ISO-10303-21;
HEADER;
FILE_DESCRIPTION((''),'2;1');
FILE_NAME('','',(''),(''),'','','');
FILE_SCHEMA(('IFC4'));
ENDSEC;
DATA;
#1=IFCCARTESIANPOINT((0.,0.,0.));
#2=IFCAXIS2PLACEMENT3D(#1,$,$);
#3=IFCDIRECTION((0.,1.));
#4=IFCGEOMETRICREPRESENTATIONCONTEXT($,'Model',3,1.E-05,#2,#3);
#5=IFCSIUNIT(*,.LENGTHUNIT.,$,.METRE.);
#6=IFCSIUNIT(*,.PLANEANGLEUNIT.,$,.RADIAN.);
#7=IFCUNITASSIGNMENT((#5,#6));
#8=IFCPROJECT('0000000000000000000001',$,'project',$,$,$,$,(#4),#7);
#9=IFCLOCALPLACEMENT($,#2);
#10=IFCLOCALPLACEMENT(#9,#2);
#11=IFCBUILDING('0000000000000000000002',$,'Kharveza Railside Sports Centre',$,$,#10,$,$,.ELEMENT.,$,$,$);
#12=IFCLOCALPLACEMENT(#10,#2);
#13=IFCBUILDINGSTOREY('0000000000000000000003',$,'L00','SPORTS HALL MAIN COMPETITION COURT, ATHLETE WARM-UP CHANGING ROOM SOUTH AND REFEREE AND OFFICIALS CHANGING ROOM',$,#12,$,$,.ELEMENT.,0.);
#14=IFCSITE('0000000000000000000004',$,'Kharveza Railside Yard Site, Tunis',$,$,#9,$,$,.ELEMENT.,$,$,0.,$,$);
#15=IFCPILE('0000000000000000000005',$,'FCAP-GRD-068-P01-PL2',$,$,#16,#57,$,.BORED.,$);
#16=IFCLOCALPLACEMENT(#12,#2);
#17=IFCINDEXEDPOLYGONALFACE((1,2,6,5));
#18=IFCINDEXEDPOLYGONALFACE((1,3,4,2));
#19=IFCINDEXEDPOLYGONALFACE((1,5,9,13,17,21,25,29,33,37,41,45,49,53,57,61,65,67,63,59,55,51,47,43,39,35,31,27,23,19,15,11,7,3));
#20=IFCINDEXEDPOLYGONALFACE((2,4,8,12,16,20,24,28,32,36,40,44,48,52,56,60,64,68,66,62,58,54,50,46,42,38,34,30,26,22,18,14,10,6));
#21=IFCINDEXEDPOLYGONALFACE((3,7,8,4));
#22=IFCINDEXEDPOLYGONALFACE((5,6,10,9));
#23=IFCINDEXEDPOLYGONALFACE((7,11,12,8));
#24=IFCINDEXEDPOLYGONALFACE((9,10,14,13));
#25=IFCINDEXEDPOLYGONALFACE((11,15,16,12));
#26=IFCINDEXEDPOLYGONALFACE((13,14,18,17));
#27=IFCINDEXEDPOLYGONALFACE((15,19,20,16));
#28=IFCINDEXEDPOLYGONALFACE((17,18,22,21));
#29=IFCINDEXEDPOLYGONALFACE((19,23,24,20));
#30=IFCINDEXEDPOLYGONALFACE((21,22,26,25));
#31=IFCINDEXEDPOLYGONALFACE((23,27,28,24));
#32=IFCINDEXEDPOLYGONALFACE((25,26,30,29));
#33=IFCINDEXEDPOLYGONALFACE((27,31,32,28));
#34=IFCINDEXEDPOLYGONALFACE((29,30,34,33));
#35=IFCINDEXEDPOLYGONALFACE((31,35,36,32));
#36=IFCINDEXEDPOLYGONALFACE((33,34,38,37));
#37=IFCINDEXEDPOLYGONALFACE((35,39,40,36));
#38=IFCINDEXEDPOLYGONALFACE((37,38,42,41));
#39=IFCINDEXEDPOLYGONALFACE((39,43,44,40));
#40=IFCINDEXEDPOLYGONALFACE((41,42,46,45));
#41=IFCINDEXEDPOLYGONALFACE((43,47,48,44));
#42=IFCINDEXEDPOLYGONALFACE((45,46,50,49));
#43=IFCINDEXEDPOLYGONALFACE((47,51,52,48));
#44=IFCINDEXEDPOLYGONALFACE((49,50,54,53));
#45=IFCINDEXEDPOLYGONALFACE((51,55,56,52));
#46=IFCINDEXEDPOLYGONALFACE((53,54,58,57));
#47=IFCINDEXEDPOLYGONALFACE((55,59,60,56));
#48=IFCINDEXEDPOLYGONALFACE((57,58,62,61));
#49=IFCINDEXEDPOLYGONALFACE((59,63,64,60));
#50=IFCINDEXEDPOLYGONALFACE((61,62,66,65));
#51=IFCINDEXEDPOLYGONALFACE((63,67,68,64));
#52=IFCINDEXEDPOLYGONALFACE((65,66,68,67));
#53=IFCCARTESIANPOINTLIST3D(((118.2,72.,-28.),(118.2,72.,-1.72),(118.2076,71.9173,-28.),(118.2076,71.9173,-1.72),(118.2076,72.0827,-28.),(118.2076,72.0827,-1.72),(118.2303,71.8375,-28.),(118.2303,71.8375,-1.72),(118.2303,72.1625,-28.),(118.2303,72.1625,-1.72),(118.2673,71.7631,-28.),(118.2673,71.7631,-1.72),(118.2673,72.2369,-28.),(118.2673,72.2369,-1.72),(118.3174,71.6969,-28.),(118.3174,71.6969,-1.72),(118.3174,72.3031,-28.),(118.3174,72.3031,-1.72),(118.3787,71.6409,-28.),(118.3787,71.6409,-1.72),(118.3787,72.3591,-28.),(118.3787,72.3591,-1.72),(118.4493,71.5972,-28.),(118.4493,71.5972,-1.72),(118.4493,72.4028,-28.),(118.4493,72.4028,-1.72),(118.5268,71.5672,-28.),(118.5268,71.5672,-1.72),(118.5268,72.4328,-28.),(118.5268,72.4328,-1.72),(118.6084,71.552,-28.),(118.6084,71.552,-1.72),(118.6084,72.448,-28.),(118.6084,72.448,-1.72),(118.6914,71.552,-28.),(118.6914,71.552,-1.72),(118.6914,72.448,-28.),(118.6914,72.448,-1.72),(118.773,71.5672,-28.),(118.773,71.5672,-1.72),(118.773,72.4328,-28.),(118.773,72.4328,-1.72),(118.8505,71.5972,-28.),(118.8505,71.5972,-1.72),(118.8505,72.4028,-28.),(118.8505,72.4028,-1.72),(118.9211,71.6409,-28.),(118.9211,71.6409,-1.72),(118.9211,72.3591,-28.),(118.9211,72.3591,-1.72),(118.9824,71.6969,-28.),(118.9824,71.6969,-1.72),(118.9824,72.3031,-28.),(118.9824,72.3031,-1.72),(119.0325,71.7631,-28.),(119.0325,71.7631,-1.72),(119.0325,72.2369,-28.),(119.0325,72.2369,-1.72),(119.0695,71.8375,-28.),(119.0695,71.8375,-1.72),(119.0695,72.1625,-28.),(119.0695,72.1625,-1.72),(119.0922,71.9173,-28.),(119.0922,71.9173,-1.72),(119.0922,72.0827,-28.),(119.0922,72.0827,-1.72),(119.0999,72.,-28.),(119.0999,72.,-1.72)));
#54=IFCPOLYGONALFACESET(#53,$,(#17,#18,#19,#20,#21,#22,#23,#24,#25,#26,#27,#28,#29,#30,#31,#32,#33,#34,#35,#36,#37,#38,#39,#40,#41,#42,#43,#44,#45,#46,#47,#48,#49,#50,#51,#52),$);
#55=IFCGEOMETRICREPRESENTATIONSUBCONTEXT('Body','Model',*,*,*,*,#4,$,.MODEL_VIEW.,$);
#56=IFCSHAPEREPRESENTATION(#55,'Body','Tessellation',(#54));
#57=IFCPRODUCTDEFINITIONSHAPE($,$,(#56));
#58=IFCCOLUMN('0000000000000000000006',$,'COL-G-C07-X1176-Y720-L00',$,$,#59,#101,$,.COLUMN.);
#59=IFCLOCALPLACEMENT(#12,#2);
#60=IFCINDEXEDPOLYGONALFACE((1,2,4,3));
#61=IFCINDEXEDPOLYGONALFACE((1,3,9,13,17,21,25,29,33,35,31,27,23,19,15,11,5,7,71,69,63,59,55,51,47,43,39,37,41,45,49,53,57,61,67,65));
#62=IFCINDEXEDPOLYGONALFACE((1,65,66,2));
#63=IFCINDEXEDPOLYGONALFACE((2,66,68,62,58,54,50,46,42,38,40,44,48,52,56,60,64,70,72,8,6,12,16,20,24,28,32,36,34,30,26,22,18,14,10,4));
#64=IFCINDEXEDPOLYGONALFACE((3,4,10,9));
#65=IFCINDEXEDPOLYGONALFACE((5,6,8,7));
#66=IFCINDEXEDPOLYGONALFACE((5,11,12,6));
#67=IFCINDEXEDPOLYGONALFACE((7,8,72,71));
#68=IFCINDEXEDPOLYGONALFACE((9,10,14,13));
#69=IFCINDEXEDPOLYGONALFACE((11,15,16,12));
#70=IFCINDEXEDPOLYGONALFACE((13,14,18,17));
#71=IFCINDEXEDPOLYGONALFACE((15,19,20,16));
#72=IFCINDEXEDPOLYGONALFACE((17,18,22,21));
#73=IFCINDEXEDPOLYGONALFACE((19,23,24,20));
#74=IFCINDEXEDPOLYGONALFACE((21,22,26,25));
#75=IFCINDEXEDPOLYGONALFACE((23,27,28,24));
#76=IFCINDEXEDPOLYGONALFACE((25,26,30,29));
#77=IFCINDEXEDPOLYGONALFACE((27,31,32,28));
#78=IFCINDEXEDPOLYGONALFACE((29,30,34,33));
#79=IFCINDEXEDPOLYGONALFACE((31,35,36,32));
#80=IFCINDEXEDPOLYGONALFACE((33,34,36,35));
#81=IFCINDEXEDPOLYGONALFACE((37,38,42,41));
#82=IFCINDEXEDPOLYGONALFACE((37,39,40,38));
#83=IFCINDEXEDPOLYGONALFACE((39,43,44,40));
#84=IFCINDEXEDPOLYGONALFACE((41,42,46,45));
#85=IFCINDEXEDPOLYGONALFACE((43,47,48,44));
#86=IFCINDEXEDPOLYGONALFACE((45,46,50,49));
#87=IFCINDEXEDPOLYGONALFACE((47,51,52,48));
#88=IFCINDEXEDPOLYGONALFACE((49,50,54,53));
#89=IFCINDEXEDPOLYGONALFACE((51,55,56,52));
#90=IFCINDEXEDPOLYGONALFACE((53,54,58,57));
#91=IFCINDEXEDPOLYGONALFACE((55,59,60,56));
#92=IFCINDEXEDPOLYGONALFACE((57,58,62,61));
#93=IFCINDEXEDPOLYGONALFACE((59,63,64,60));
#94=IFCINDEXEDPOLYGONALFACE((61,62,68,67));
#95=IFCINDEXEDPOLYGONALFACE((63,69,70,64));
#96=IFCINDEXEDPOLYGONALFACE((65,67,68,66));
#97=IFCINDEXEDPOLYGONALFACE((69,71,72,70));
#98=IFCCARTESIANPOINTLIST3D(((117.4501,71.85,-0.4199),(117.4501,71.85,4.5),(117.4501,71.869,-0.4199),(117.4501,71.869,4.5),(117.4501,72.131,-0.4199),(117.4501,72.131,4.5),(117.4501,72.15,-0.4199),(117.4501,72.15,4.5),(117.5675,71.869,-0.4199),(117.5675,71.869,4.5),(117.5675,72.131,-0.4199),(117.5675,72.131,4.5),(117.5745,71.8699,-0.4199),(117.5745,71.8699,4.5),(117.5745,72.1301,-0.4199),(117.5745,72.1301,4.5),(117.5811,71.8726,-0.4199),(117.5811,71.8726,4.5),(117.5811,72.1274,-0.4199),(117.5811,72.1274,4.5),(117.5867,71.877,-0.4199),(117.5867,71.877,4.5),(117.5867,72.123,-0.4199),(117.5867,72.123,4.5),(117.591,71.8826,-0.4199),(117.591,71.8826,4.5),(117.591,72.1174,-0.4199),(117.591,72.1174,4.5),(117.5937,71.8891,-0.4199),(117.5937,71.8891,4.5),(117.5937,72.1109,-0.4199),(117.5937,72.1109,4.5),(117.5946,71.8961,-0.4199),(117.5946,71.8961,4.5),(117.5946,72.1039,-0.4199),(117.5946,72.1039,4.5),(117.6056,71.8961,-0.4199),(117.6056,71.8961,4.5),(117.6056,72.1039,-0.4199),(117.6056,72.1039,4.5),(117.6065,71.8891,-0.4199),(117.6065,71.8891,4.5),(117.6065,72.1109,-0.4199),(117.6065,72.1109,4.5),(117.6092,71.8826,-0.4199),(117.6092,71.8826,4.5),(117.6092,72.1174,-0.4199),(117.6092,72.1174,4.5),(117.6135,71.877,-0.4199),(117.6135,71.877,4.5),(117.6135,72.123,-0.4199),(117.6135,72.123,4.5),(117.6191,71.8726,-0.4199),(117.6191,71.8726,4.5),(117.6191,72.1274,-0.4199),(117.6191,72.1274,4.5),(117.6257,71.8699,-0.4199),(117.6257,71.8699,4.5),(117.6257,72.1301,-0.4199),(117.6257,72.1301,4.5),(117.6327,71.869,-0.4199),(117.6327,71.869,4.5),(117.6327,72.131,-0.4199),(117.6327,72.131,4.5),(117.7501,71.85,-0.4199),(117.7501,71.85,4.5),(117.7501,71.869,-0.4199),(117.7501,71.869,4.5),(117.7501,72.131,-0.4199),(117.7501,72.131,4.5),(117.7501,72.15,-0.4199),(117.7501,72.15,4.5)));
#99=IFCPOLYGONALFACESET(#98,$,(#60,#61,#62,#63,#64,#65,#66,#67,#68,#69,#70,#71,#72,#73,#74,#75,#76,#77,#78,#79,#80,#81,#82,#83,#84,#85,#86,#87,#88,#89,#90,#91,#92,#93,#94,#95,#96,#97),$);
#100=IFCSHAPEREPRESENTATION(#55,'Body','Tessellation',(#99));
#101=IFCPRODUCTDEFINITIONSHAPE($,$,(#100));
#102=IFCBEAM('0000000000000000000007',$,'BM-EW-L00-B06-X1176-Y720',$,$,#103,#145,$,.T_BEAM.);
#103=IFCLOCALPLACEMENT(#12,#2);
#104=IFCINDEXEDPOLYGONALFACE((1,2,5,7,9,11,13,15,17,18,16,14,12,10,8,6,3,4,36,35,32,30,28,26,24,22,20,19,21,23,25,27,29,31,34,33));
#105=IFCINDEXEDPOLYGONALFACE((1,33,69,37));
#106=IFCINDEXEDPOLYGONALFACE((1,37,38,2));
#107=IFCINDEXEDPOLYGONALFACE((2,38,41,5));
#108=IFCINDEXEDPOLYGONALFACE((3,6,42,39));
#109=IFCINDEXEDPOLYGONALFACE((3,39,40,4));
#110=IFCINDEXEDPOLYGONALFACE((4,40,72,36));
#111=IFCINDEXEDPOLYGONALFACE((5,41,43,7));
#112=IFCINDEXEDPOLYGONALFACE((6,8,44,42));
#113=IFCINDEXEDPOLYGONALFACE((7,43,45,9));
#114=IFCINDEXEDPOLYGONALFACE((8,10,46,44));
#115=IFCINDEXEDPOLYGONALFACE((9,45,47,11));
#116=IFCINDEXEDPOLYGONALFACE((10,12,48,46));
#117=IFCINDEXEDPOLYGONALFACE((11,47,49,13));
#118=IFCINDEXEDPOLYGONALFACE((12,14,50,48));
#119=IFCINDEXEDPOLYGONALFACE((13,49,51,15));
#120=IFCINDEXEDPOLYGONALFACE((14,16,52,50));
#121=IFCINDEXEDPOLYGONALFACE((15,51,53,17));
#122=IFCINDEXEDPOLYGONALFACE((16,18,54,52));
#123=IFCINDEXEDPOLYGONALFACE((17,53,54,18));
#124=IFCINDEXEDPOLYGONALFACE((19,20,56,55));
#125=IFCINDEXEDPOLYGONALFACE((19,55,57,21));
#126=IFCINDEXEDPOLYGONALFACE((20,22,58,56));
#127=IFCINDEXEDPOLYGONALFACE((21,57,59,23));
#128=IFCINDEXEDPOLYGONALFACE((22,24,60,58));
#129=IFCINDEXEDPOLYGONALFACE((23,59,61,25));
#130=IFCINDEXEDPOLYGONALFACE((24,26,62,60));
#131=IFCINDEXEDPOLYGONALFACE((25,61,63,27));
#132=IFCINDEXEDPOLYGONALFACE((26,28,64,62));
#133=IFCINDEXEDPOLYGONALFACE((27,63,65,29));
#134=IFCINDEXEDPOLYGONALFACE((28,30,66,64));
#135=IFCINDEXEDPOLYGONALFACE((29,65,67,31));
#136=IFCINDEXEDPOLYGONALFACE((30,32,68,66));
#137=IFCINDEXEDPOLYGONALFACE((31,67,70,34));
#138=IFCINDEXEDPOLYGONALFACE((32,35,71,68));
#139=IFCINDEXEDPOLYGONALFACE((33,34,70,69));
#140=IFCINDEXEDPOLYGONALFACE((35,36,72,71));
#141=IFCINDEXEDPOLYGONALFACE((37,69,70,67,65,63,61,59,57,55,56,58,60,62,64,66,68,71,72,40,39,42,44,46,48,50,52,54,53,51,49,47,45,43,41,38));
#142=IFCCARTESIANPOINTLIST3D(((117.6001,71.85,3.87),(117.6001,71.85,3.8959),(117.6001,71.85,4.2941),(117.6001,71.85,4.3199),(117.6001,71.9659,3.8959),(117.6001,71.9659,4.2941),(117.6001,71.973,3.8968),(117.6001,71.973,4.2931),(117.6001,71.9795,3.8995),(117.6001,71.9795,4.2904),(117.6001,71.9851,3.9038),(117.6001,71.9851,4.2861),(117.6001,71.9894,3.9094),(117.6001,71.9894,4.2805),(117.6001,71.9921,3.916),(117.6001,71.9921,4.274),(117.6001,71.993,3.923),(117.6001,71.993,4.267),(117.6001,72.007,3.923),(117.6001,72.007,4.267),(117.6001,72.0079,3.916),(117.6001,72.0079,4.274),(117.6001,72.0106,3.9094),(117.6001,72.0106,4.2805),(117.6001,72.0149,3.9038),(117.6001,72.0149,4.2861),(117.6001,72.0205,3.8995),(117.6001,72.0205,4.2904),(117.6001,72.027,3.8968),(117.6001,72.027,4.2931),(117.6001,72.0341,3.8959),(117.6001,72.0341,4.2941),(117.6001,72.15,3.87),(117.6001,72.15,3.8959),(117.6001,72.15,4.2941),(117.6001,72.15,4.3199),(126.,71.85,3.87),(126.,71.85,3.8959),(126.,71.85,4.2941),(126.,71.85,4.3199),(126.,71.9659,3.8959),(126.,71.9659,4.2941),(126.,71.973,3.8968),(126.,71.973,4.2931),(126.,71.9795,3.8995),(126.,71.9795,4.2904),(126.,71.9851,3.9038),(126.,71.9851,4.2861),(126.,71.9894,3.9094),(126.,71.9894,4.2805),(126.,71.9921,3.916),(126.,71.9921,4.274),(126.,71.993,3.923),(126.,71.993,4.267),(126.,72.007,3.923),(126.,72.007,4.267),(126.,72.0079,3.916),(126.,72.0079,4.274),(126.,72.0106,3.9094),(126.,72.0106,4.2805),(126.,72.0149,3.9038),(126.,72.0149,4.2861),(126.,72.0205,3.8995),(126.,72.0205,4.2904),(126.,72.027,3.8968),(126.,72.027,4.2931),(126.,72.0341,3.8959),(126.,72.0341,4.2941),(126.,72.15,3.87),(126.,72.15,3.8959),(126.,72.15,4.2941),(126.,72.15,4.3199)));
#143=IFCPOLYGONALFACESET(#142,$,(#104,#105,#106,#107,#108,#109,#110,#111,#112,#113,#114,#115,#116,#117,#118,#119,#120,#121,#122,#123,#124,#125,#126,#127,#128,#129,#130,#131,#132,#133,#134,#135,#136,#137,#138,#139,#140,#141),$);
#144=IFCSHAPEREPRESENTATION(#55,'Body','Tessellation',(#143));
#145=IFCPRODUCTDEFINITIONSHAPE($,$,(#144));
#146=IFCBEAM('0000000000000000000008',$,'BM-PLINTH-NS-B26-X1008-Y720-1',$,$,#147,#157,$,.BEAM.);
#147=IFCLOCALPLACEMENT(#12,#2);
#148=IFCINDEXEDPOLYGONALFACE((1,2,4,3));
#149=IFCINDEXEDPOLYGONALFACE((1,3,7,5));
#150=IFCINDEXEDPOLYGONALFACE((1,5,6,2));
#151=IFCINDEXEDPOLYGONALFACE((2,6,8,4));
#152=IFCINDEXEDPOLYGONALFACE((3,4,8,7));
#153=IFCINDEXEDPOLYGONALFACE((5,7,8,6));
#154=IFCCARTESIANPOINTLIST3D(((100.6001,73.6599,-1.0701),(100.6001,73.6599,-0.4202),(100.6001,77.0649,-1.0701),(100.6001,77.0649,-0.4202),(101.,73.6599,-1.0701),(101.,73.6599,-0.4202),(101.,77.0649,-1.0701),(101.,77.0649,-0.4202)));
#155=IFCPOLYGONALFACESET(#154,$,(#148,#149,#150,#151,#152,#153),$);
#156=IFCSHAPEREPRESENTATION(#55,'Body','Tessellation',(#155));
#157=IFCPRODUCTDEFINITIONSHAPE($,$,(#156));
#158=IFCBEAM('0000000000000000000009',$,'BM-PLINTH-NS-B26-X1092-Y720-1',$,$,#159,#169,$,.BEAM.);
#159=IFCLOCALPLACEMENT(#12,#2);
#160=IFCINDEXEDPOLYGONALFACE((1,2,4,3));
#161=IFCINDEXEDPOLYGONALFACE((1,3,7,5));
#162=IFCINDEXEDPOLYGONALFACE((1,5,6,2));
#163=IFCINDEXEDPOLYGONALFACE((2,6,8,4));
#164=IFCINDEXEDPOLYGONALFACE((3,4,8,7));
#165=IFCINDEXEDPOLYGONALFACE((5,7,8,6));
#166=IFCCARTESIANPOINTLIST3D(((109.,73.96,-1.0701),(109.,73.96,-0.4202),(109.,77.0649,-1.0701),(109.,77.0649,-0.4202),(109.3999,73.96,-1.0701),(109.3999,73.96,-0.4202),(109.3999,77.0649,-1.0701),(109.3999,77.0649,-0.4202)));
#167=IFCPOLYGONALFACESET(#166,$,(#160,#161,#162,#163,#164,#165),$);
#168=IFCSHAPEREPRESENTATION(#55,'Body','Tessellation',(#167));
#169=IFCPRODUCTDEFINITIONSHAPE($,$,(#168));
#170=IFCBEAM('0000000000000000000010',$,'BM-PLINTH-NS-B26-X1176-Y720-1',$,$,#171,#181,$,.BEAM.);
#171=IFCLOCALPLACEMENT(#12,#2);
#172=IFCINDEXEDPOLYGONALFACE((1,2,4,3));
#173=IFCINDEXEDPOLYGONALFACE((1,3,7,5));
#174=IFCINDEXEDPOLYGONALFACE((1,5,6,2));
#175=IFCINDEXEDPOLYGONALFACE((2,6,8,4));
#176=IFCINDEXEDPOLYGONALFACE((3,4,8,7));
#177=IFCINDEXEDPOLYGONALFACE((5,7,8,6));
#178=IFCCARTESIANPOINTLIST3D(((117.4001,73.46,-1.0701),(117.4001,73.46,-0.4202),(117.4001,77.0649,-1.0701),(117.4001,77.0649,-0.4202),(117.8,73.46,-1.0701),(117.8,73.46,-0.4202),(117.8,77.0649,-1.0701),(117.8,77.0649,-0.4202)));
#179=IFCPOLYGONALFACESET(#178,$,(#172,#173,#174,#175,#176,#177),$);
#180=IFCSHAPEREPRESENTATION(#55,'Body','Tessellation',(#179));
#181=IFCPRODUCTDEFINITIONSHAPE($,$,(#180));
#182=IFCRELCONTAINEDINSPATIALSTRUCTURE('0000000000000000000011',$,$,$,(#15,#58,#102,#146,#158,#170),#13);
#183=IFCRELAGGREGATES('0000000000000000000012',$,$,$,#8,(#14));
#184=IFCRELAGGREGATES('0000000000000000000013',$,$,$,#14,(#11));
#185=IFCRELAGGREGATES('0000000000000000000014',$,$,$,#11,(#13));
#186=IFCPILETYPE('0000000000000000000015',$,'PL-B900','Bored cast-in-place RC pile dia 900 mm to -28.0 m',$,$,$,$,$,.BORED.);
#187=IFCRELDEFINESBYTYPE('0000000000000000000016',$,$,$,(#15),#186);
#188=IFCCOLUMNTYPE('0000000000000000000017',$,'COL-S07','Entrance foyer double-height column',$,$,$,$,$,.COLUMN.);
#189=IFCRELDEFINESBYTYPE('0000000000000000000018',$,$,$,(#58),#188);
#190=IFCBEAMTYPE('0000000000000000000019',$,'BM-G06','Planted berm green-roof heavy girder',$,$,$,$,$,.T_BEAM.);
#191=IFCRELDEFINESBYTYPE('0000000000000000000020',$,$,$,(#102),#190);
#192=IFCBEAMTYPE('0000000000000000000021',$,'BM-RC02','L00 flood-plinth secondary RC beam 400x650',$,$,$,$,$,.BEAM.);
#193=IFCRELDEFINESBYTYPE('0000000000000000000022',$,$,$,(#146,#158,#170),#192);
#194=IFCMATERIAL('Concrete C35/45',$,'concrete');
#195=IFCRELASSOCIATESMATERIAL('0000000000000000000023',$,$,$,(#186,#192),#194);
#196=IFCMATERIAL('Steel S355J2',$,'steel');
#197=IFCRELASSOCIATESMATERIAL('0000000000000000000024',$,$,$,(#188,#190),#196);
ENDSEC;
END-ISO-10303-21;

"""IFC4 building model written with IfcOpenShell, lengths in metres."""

from ifc_helpers import new_model, si_unit, direction, frame, origin, origin_2d, place, context, subcontext, project, spatial, rectangle, circle, i_section, extrude, material, material_profile, profile_set, type_object, element, save


model = new_model("IFC4")

# Units and contexts
model_context = context("Model", 3, precision=1e-05, world=origin(), true_north=direction((0.0, 1.0)))
body_context = subcontext(model_context, "Body", "Model", "MODEL_VIEW")
ifc_project = project(units=[si_unit("LENGTHUNIT", "METRE"), si_unit("PLANEANGLEUNIT", "RADIAN")], contexts=[model_context])

# Site, building, storey
site_placement = place(None, origin())
site = spatial("IfcSite", under=ifc_project, at=site_placement, Name="Kharveza Railside Yard Site, Tunis", CompositionType="ELEMENT", RefElevation=0.0)
building_placement = place(site_placement, origin())
building = spatial("IfcBuilding", under=site, at=building_placement, Name="Kharveza Railside Sports Centre", CompositionType="ELEMENT")
storey_placement = place(building_placement, origin())
storey = spatial("IfcBuildingStorey", under=building, at=storey_placement, Name="L00", Description="SPORTS HALL MAIN COMPETITION COURT, ATHLETE WARM-UP CHANGING ROOM SOUTH AND REFEREE AND OFFICIALS CHANGING ROOM", CompositionType="ELEMENT", Elevation=0.0)

# Shared definitions
ifc_material_1 = material(Name="Concrete C35/45", Category="concrete")

# Pile
ifc_material_profile_1 = material_profile(ifc_material_1, circle(Radius=0.45, at=origin_2d()), Name="PILE D900")
ifc_profile_set_1 = profile_set([ifc_material_profile_1], Name="Concrete C35/45")
pile_type_1 = type_object("IfcPileType", Name="PL-B900", Description="Bored cast-in-place RC pile dia 900 mm to -28.0 m", PredefinedType="BORED", material=ifc_profile_set_1)
pile_1_placement = place(storey_placement, frame((118.6499, 72.0, -1.72), z_axis=(0.0, 0.0, -1.0), x_axis=(1.0, 0.0, 0.0)))
element("IfcPile", 1, at=pile_1_placement, inside=storey, type_object=pile_type_1, Name="FCAP-GRD-068-P01-PL2", PredefinedType="BORED", context=body_context, shape_type="SweptSolid", body=[
    extrude(circle(Radius=0.45, at=origin_2d()), origin(), (0.0, 0.0, 1.0), 26.28),
])

# Column
ifc_material_2 = material(Name="Steel S355J2", Category="steel")
ifc_material_profile_2 = material_profile(ifc_material_2, i_section(OverallWidth=0.3, OverallDepth=0.3, WebThickness=0.011, FlangeThickness=0.019, FilletRadius=0.0271, at=origin_2d()), Name="HEB 300")
ifc_profile_set_2 = profile_set([ifc_material_profile_2], Name="Steel S355J2")
column_type = type_object("IfcColumnType", Name="COL-S07", Description="Entrance foyer double-height column", PredefinedType="COLUMN", material=ifc_profile_set_2)
column_placement = place(storey_placement, frame((117.6001, 72.0, -0.4199), z_axis=(0.0, 0.0, 1.0), x_axis=(1.0, 0.0, 0.0)))
element("IfcColumn", 2, at=column_placement, inside=storey, type_object=column_type, Name="COL-G-C07-X1176-Y720-L00", PredefinedType="COLUMN", context=body_context, shape_type="SweptSolid", body=[
    extrude(i_section(OverallWidth=0.3, OverallDepth=0.3, WebThickness=0.011, FlangeThickness=0.019, FilletRadius=0.0271, at=origin_2d()), origin(), (0.0, 0.0, 1.0), 4.9199),
])

# Beams
ifc_material_profile_3 = material_profile(ifc_material_2, i_section(OverallWidth=0.3, OverallDepth=0.45, WebThickness=0.0139, FlangeThickness=0.0259, FilletRadius=0.0271, at=origin_2d()), Name="HEB 450")
ifc_profile_set_3 = profile_set([ifc_material_profile_3], Name="Steel S355J2")
beam_type_1 = type_object("IfcBeamType", Name="BM-G06", Description="Planted berm green-roof heavy girder", PredefinedType="T_BEAM", material=ifc_profile_set_3)
beam_1_placement = place(storey_placement, frame((117.6001, 72.0, 4.095), z_axis=(1.0, 0.0, 0.0), x_axis=(0.0, 1.0, 0.0)))
element("IfcBeam", 3, at=beam_1_placement, inside=storey, type_object=beam_type_1, Name="BM-EW-L00-B06-X1176-Y720", PredefinedType="T_BEAM", context=body_context, shape_type="SweptSolid", body=[
    extrude(i_section(OverallWidth=0.3, OverallDepth=0.45, WebThickness=0.0139, FlangeThickness=0.0259, FilletRadius=0.0271, at=origin_2d()), origin(), (0.0, 0.0, 1.0), 8.3999),
])
ifc_material_profile_4 = material_profile(ifc_material_1, rectangle(XDim=0.3999, YDim=0.6499, at=origin_2d()), Name="RCB 400x650")
ifc_profile_set_4 = profile_set([ifc_material_profile_4], Name="Concrete C35/45")
beam_type_2 = type_object("IfcBeamType", Name="BM-RC02", Description="L00 flood-plinth secondary RC beam 400x650", PredefinedType="BEAM", material=ifc_profile_set_4)
beam_2_placement = place(storey_placement, frame((100.8, 73.6599, -0.7451), z_axis=(0.0, 1.0, 0.0), x_axis=(-1.0, 0.0, 0.0)))
element("IfcBeam", 4, at=beam_2_placement, inside=storey, type_object=beam_type_2, Name="BM-PLINTH-NS-B26-X1008-Y720-1", PredefinedType="BEAM", context=body_context, shape_type="SweptSolid", body=[
    extrude(rectangle(XDim=0.3999, YDim=0.6499, at=origin_2d()), origin(), (0.0, 0.0, 1.0), 3.405),
])
beam_3_placement = place(storey_placement, frame((109.2, 73.96, -0.7451), z_axis=(0.0, 1.0, 0.0), x_axis=(-1.0, 0.0, 0.0)))
element("IfcBeam", 5, at=beam_3_placement, inside=storey, type_object=beam_type_2, Name="BM-PLINTH-NS-B26-X1092-Y720-1", PredefinedType="BEAM", context=body_context, shape_type="SweptSolid", body=[
    extrude(rectangle(XDim=0.3999, YDim=0.6499, at=origin_2d()), origin(), (0.0, 0.0, 1.0), 3.105),
])
beam_4_placement = place(storey_placement, frame((117.6001, 73.46, -0.7451), z_axis=(0.0, 1.0, 0.0), x_axis=(-1.0, 0.0, 0.0)))
element("IfcBeam", 6, at=beam_4_placement, inside=storey, type_object=beam_type_2, Name="BM-PLINTH-NS-B26-X1176-Y720-1", PredefinedType="BEAM", context=body_context, shape_type="SweptSolid", body=[
    extrude(rectangle(XDim=0.3999, YDim=0.6499, at=origin_2d()), origin(), (0.0, 0.0, 1.0), 3.605),
])

save(model, "model.ifc")
